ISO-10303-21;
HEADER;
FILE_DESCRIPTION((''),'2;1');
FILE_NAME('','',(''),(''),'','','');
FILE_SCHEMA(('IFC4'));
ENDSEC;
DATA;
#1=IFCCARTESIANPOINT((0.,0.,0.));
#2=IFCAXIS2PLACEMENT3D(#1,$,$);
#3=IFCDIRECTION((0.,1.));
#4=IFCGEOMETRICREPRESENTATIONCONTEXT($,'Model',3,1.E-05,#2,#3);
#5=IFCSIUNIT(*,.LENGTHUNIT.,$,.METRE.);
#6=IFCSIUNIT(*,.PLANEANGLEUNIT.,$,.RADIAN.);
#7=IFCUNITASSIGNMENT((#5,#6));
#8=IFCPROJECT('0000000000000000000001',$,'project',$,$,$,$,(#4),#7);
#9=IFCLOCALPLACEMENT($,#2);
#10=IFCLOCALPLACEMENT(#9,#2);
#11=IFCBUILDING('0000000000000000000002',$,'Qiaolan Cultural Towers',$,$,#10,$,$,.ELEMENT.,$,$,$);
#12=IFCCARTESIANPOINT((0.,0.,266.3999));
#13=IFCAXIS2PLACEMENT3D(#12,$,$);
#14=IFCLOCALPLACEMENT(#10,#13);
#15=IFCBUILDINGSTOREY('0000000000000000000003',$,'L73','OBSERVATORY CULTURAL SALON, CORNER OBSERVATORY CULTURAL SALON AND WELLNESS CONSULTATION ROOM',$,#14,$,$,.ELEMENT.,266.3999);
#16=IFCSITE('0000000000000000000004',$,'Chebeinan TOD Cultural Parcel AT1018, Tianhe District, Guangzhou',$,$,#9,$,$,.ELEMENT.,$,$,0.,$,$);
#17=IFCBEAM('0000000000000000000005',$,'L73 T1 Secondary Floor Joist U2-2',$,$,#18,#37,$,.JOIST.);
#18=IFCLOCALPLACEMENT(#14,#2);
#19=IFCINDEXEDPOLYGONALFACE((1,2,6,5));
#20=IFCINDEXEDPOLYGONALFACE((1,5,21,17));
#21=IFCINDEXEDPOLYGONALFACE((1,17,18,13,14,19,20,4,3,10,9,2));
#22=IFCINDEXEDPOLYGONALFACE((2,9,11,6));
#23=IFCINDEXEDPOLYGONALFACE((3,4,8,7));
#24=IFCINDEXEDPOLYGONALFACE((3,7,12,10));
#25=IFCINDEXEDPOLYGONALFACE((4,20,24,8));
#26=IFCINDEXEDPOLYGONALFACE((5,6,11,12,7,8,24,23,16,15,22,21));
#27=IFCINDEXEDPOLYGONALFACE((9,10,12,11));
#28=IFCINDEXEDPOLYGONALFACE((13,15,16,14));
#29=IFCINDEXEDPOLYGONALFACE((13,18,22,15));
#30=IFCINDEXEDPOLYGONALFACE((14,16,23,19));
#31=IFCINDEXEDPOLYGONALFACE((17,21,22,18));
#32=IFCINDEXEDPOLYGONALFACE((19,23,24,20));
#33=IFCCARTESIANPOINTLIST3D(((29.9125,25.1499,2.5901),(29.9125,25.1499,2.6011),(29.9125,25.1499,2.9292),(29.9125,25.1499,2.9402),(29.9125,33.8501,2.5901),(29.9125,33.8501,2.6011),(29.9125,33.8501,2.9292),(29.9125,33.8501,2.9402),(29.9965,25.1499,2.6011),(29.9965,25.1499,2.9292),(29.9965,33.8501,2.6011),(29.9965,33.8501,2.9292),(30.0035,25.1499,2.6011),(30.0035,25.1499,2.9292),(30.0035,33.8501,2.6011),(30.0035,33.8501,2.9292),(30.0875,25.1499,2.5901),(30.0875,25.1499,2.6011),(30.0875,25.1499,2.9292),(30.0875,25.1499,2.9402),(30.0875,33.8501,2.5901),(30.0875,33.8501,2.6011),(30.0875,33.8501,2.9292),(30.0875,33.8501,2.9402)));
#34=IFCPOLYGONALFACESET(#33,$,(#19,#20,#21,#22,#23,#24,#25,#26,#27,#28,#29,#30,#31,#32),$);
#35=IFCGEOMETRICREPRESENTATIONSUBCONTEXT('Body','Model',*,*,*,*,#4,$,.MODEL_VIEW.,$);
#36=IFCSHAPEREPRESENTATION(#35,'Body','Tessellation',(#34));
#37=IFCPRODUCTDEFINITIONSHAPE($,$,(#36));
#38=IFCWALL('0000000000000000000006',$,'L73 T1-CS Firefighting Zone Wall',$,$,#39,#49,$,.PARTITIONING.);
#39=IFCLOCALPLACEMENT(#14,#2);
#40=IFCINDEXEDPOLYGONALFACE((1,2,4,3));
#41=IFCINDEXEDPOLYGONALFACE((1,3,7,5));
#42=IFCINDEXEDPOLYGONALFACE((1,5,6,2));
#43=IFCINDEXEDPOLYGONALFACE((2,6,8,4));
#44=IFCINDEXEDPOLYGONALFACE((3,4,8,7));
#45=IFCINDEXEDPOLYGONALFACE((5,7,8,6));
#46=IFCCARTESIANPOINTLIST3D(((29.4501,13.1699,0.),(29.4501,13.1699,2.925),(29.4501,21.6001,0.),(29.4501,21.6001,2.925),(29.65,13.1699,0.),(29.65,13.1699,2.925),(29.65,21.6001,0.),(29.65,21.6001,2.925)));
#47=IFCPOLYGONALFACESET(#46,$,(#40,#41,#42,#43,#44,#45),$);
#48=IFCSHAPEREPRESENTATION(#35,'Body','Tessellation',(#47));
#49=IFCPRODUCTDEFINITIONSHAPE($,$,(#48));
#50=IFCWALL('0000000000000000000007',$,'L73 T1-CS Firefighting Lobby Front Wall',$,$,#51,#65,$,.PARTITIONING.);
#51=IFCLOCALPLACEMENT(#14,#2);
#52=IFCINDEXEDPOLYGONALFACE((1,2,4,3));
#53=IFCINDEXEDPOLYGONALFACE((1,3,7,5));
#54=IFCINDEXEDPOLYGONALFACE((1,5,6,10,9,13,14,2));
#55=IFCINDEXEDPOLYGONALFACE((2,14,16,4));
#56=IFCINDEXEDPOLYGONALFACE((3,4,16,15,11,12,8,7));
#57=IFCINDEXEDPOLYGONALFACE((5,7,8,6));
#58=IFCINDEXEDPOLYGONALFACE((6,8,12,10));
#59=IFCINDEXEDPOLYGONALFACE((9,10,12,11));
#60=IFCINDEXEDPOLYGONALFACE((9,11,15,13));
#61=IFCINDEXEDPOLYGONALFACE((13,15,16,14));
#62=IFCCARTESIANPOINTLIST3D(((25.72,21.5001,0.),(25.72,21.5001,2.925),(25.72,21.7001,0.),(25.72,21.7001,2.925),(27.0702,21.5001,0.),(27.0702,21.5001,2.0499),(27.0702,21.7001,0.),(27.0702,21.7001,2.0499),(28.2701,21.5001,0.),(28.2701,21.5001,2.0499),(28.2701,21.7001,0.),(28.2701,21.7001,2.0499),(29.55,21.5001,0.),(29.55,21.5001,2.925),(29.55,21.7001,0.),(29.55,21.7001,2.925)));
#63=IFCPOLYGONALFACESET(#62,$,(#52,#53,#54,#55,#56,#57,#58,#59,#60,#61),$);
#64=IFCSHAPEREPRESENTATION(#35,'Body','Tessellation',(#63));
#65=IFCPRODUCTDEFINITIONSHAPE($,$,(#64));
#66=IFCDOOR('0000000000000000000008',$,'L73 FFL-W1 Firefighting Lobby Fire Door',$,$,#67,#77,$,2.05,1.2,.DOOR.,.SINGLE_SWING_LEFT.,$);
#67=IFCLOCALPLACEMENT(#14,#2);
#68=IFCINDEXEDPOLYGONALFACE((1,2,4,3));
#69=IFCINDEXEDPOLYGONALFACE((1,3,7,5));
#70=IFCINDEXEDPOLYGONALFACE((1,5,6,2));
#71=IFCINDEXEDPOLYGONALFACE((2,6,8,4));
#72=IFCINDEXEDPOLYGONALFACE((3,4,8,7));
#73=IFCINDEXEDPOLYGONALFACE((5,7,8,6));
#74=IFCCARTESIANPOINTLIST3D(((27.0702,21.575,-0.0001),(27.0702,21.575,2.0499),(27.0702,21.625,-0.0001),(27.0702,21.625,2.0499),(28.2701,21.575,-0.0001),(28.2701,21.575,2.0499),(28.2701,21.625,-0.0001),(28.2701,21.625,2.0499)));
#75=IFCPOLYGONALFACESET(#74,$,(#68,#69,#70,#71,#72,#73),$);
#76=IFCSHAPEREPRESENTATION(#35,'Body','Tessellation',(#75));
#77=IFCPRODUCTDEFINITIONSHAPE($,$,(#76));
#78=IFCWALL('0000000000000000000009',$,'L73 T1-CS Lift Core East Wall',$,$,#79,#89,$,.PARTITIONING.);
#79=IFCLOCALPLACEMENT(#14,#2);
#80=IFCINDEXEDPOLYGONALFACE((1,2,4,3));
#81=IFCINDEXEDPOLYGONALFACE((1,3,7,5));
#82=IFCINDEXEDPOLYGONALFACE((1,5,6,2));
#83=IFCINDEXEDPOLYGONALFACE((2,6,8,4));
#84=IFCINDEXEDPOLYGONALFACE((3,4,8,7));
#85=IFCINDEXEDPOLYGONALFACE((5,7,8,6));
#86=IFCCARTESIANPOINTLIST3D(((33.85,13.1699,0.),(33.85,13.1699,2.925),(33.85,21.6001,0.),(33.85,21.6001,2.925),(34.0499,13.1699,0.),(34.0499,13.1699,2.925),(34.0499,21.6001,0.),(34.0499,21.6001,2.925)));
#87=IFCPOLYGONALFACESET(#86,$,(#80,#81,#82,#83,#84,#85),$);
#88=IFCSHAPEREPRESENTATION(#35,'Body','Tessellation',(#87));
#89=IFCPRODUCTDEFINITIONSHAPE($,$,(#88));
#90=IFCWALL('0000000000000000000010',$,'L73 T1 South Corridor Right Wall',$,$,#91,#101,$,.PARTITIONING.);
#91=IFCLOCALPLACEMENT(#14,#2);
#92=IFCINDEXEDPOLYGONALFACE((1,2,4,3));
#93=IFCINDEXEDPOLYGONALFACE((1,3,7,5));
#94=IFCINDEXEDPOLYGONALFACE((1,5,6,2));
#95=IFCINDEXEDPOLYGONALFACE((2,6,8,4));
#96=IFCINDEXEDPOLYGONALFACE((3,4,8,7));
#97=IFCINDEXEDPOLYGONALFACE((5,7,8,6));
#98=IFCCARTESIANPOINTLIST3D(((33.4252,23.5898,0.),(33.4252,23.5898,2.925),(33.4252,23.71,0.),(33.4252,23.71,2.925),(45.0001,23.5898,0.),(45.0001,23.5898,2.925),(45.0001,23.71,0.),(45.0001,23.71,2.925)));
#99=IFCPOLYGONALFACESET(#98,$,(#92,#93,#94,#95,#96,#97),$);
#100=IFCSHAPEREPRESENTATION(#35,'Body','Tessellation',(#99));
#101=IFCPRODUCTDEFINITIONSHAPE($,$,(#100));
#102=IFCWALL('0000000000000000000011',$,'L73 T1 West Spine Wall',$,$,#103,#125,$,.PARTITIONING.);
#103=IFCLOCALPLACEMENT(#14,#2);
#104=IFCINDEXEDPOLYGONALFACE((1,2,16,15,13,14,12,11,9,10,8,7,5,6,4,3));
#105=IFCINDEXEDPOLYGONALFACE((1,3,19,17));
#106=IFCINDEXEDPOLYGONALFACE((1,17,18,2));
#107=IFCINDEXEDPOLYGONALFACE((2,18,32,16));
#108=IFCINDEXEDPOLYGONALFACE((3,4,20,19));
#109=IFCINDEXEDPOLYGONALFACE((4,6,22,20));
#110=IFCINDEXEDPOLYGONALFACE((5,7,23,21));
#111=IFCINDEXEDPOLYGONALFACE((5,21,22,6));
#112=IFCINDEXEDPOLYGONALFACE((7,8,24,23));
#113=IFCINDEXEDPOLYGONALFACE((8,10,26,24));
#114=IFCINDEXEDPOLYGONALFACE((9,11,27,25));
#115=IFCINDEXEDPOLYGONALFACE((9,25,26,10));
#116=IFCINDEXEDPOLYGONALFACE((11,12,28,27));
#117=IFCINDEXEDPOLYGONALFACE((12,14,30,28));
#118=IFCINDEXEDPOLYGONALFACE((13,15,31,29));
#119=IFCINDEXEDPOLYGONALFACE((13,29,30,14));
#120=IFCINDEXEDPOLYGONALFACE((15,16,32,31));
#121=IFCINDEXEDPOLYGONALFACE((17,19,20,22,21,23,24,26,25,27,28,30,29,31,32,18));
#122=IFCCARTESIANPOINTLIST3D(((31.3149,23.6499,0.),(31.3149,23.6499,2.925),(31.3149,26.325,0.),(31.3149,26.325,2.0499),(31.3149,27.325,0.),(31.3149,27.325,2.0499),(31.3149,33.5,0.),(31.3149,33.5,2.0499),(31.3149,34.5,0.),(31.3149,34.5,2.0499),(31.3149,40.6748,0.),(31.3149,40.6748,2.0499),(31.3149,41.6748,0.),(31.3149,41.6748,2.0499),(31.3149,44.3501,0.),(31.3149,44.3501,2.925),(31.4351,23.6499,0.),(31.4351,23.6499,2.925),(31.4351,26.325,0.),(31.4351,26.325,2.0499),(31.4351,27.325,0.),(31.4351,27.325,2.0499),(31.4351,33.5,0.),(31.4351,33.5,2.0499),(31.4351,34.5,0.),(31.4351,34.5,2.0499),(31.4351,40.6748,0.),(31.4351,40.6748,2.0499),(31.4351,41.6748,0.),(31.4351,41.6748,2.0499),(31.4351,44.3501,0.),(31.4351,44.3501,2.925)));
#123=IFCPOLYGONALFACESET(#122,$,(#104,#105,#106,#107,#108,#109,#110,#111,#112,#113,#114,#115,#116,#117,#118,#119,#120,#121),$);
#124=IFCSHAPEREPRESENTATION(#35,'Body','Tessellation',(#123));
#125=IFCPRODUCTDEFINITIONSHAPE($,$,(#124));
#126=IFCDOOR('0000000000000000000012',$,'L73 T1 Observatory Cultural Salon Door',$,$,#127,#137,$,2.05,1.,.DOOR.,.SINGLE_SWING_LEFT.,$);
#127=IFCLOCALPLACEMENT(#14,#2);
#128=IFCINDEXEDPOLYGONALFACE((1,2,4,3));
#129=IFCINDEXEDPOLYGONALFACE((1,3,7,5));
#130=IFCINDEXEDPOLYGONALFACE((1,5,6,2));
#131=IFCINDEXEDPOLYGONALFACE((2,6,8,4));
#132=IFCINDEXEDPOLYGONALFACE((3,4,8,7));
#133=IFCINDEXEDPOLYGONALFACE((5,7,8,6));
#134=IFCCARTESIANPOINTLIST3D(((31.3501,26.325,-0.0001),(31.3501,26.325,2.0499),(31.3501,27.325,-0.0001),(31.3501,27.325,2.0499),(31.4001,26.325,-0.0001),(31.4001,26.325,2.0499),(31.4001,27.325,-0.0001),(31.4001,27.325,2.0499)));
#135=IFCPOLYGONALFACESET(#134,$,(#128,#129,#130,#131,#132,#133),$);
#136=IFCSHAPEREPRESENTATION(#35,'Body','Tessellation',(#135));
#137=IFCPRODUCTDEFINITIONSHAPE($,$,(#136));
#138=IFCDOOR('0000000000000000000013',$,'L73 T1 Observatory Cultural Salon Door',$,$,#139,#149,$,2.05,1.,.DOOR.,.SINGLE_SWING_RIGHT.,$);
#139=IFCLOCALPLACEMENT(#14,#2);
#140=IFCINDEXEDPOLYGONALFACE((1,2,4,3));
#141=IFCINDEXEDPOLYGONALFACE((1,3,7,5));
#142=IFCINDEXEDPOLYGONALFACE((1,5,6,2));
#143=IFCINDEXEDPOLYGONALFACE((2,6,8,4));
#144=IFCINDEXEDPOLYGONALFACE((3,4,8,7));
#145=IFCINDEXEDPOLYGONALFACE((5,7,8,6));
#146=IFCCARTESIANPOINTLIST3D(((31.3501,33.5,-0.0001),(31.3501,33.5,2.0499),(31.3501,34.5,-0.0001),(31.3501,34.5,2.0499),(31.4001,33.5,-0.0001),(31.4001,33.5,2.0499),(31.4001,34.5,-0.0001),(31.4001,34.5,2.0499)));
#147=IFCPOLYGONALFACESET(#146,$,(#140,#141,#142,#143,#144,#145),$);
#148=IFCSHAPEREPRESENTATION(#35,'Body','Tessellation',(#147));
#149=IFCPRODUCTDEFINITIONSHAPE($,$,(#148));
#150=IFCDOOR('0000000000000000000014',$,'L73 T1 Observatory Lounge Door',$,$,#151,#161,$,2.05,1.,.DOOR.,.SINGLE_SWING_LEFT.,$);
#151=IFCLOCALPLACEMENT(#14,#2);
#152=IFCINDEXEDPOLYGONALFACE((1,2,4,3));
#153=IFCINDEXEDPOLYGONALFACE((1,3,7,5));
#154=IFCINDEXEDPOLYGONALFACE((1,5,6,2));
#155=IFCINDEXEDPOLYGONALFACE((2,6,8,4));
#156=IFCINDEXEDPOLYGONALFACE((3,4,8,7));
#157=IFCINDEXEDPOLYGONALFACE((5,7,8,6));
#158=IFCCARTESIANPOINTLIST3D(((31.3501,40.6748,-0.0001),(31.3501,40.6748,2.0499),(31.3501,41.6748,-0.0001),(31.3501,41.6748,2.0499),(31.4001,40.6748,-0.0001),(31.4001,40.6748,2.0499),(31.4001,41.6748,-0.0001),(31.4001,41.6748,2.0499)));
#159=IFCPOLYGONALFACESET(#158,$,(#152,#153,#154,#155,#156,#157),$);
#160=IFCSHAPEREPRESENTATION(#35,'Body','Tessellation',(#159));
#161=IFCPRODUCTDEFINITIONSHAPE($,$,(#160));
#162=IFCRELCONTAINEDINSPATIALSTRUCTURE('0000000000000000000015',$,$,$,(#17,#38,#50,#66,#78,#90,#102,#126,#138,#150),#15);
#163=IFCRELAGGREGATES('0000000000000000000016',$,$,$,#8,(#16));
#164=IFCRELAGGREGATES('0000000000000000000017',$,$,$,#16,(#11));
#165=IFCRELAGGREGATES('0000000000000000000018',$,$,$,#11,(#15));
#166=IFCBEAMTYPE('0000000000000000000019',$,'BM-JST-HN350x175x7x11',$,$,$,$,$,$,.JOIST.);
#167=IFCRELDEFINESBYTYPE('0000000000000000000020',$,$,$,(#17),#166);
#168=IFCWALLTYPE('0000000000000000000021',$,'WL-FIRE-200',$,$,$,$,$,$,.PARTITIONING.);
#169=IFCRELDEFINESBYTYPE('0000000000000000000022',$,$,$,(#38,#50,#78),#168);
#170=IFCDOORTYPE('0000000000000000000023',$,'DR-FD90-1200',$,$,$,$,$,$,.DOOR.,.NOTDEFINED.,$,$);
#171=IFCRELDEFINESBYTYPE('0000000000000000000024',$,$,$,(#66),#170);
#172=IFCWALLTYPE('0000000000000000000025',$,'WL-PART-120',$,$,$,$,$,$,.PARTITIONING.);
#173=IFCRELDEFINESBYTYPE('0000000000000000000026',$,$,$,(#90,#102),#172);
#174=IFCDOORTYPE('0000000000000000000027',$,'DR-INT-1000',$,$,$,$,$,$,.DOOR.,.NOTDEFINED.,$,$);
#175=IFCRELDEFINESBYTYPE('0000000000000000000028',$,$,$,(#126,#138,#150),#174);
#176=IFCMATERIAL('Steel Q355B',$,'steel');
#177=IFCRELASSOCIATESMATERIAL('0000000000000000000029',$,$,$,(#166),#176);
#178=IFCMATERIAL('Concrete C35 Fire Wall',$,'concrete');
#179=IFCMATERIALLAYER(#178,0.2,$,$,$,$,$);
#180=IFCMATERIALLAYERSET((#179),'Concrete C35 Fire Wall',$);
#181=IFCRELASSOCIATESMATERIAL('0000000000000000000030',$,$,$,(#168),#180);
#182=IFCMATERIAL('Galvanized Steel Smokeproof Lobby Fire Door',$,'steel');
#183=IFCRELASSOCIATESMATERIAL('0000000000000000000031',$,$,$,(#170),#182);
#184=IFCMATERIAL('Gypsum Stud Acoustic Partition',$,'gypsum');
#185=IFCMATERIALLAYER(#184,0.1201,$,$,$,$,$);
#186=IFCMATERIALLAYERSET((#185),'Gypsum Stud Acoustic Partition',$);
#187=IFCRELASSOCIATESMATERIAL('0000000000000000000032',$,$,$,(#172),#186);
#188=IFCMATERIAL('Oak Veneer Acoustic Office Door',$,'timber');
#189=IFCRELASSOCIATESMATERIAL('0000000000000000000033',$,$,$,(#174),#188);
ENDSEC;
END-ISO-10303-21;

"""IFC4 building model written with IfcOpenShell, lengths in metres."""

from ifc_helpers import new_model, si_unit, direction, frame, frame_2d, origin, origin_2d, place, context, subcontext, project, spatial, rectangle, i_section, extrude, material, layer, layer_set, material_profile, profile_set, type_object, element, fill, save


model = new_model("IFC4")

# Units and contexts
model_context = context("Model", 3, precision=1e-05, world=origin(), true_north=direction((0.0, 1.0)))
body_context = subcontext(model_context, "Body", "Model", "MODEL_VIEW")
ifc_project = project(units=[si_unit("LENGTHUNIT", "METRE"), si_unit("PLANEANGLEUNIT", "RADIAN")], contexts=[model_context])

# Site, building, storey
site_placement = place(None, origin())
site = spatial("IfcSite", under=ifc_project, at=site_placement, Name="Chebeinan TOD Cultural Parcel AT1018, Tianhe District, Guangzhou", CompositionType="ELEMENT", RefElevation=0.0)
building_placement = place(site_placement, origin())
building = spatial("IfcBuilding", under=site, at=building_placement, Name="Qiaolan Cultural Towers", CompositionType="ELEMENT")
storey_placement = place(building_placement, frame((0.0, 0.0, 266.3999)))
storey = spatial("IfcBuildingStorey", under=building, at=storey_placement, Name="L73", Description="OBSERVATORY CULTURAL SALON, CORNER OBSERVATORY CULTURAL SALON AND WELLNESS CONSULTATION ROOM", CompositionType="ELEMENT", Elevation=266.3999)

# Beam
ifc_material_1 = material(Name="Steel Q355B", Category="steel")
ifc_material_profile = material_profile(ifc_material_1, i_section(OverallWidth=0.175, OverallDepth=0.3501, WebThickness=0.0071, FlangeThickness=0.011, at=origin_2d()), Name="HN350x175x7x11")
ifc_profile_set = profile_set([ifc_material_profile], Name="Steel Q355B")
beam_type = type_object("IfcBeamType", Name="BM-JST-HN350x175x7x11", PredefinedType="JOIST", material=ifc_profile_set)
beam_placement = place(storey_placement, frame((30.0, 25.1499, 2.7651), z_axis=(0.0, 1.0, 0.0), x_axis=(-1.0, 0.0, 0.0)))
element("IfcBeam", 1, at=beam_placement, inside=storey, type_object=beam_type, Name="L73 T1 Secondary Floor Joist U2-2", PredefinedType="JOIST", context=body_context, shape_type="SweptSolid", body=[
    extrude(i_section(OverallWidth=0.175, OverallDepth=0.3501, WebThickness=0.0071, FlangeThickness=0.011, at=origin_2d()), origin(), (0.0, 0.0, 1.0), 8.7002),
])

# Wall
ifc_material_2 = material(Name="Concrete C35 Fire Wall", Category="concrete")
ifc_layer_1 = layer(ifc_material_2, 0.2)
ifc_layer_set_1 = layer_set([ifc_layer_1], Name="Concrete C35 Fire Wall")
wall_type_1 = type_object("IfcWallType", Name="WL-FIRE-200", PredefinedType="PARTITIONING", material=ifc_layer_set_1)
wall_1_placement = place(storey_placement, frame((29.55, 21.6001, 0.0), z_axis=(0.0, 0.0, 1.0), x_axis=(0.0, -1.0, 0.0)))
element("IfcWall", 2, at=wall_1_placement, inside=storey, type_object=wall_type_1, Name="L73 T1-CS Firefighting Zone Wall", PredefinedType="PARTITIONING", context=body_context, shape_type="SweptSolid", body=[
    extrude(rectangle(XDim=8.4302, YDim=0.2, at=frame_2d((4.2151, 0.0))), origin(), (0.0, 0.0, 1.0), 2.925),
])

# Wall, opening, door
wall_2_placement = place(storey_placement, frame((25.72, 21.6001, 0.0), z_axis=(0.0, 0.0, 1.0), x_axis=(1.0, 0.0, 0.0)))
wall_2 = element("IfcWall", 3, at=wall_2_placement, inside=storey, type_object=wall_type_1, Name="L73 T1-CS Firefighting Lobby Front Wall", PredefinedType="PARTITIONING", context=body_context, shape_type="SweptSolid", body=[
    extrude(rectangle(XDim=3.8301, YDim=0.2, at=frame_2d((1.915, 0.0))), origin(), (0.0, 0.0, 1.0), 2.925),
])
opening_1_placement = place(wall_2_placement, frame((1.3501, 0.0, 0.0)))
opening_1 = element("IfcOpeningElement", 4, at=opening_1_placement, cuts=wall_2, PredefinedType="OPENING", context=body_context, shape_type="SweptSolid", body=[
    extrude(rectangle(XDim=1.2, YDim=2.05, at=frame_2d((0.6001, 1.0249))), frame((0.0, 0.1099, 0.0), z_axis=(0.0, -1.0, 0.0), x_axis=(1.0, 0.0, 0.0)), (0.0, 0.0, 1.0), 0.22),
])
ifc_material_3 = material(Name="Galvanized Steel Smokeproof Lobby Fire Door", Category="steel")
door_type_1 = type_object("IfcDoorType", Name="DR-FD90-1200", OperationType="NOTDEFINED", PredefinedType="DOOR", material=ifc_material_3)
door_1_placement = place(opening_1_placement, origin())
door_1 = element("IfcDoor", 5, at=door_1_placement, inside=storey, type_object=door_type_1, Name="L73 FFL-W1 Firefighting Lobby Fire Door", OperationType="SINGLE_SWING_LEFT", OverallHeight=2.05, OverallWidth=1.2, PredefinedType="DOOR", context=body_context, shape_type="SweptSolid", body=[
    extrude(rectangle(XDim=1.2, YDim=2.05, at=frame_2d((0.6001, 1.0249))), frame((0.0, 0.0249, 0.0), z_axis=(0.0, -1.0, 0.0), x_axis=(1.0, 0.0, 0.0)), (0.0, 0.0, 1.0), 0.05),
])
fill(opening_1, door_1)

# Walls
wall_3_placement = place(storey_placement, frame((33.95, 21.6001, 0.0), z_axis=(0.0, 0.0, 1.0), x_axis=(0.0, -1.0, 0.0)))
element("IfcWall", 6, at=wall_3_placement, inside=storey, type_object=wall_type_1, Name="L73 T1-CS Lift Core East Wall", PredefinedType="PARTITIONING", context=body_context, shape_type="SweptSolid", body=[
    extrude(rectangle(XDim=8.4302, YDim=0.2, at=frame_2d((4.2151, 0.0))), origin(), (0.0, 0.0, 1.0), 2.925),
])
ifc_material_4 = material(Name="Gypsum Stud Acoustic Partition", Category="gypsum")
ifc_layer_2 = layer(ifc_material_4, 0.1201)
ifc_layer_set_2 = layer_set([ifc_layer_2], Name="Gypsum Stud Acoustic Partition")
wall_type_2 = type_object("IfcWallType", Name="WL-PART-120", PredefinedType="PARTITIONING", material=ifc_layer_set_2)
wall_4_placement = place(storey_placement, frame((33.425, 23.6499, 0.0), z_axis=(0.0, 0.0, 1.0), x_axis=(1.0, 0.0, 0.0)))
element("IfcWall", 7, at=wall_4_placement, inside=storey, type_object=wall_type_2, Name="L73 T1 South Corridor Right Wall", PredefinedType="PARTITIONING", context=body_context, shape_type="SweptSolid", body=[
    extrude(rectangle(XDim=11.575, YDim=0.1201, at=frame_2d((5.7876, 0.0))), origin(), (0.0, 0.0, 1.0), 2.925),
])

# Wall, openings, doors
wall_5_placement = place(storey_placement, frame((31.375, 23.6499, 0.0), z_axis=(0.0, 0.0, 1.0), x_axis=(0.0, 1.0, 0.0)))
wall_5 = element("IfcWall", 8, at=wall_5_placement, inside=storey, type_object=wall_type_2, Name="L73 T1 West Spine Wall", PredefinedType="PARTITIONING", context=body_context, shape_type="SweptSolid", body=[
    extrude(rectangle(XDim=20.7002, YDim=0.1201, at=frame_2d((10.3501, 0.0))), origin(), (0.0, 0.0, 1.0), 2.925),
])
opening_2_placement = place(wall_5_placement, frame((2.675, 0.0, 0.0)))
opening_2 = element("IfcOpeningElement", 9, at=opening_2_placement, cuts=wall_5, PredefinedType="OPENING", context=body_context, shape_type="SweptSolid", body=[
    extrude(rectangle(XDim=1.0, YDim=2.05, at=frame_2d((0.5, 1.0249))), frame((0.0, 0.0701, 0.0), z_axis=(0.0, -1.0, 0.0), x_axis=(1.0, 0.0, 0.0)), (0.0, 0.0, 1.0), 0.1401),
])
opening_3_placement = place(wall_5_placement, frame((9.8501, 0.0, 0.0)))
opening_3 = element("IfcOpeningElement", 10, at=opening_3_placement, cuts=wall_5, PredefinedType="OPENING", context=body_context, shape_type="SweptSolid", body=[
    extrude(rectangle(XDim=1.0, YDim=2.05, at=frame_2d((0.5, 1.0249))), frame((0.0, 0.0701, 0.0), z_axis=(0.0, -1.0, 0.0), x_axis=(1.0, 0.0, 0.0)), (0.0, 0.0, 1.0), 0.1401),
])
opening_4_placement = place(wall_5_placement, frame((17.0249, 0.0, 0.0)))
opening_4 = element("IfcOpeningElement", 11, at=opening_4_placement, cuts=wall_5, PredefinedType="OPENING", context=body_context, shape_type="SweptSolid", body=[
    extrude(rectangle(XDim=1.0, YDim=2.05, at=frame_2d((0.5, 1.0249))), frame((0.0, 0.0701, 0.0), z_axis=(0.0, -1.0, 0.0), x_axis=(1.0, 0.0, 0.0)), (0.0, 0.0, 1.0), 0.1401),
])
ifc_material_5 = material(Name="Oak Veneer Acoustic Office Door", Category="timber")
door_type_2 = type_object("IfcDoorType", Name="DR-INT-1000", OperationType="NOTDEFINED", PredefinedType="DOOR", material=ifc_material_5)
door_2_placement = place(opening_2_placement, origin())
door_2 = element("IfcDoor", 12, at=door_2_placement, inside=storey, type_object=door_type_2, Name="L73 T1 Observatory Cultural Salon Door", OperationType="SINGLE_SWING_LEFT", OverallHeight=2.05, OverallWidth=1.0, PredefinedType="DOOR", context=body_context, shape_type="SweptSolid", body=[
    extrude(rectangle(XDim=1.0, YDim=2.05, at=frame_2d((0.5, 1.0249))), frame((0.0, 0.0249, 0.0), z_axis=(0.0, -1.0, 0.0), x_axis=(1.0, 0.0, 0.0)), (0.0, 0.0, 1.0), 0.05),
])
fill(opening_2, door_2)
door_3_placement = place(opening_3_placement, origin())
door_3 = element("IfcDoor", 13, at=door_3_placement, inside=storey, type_object=door_type_2, Name="L73 T1 Observatory Cultural Salon Door", OperationType="SINGLE_SWING_RIGHT", OverallHeight=2.05, OverallWidth=1.0, PredefinedType="DOOR", context=body_context, shape_type="SweptSolid", body=[
    extrude(rectangle(XDim=1.0, YDim=2.05, at=frame_2d((0.5, 1.0249))), frame((0.0, 0.0249, 0.0), z_axis=(0.0, -1.0, 0.0), x_axis=(1.0, 0.0, 0.0)), (0.0, 0.0, 1.0), 0.05),
])
fill(opening_3, door_3)
door_4_placement = place(opening_4_placement, origin())
door_4 = element("IfcDoor", 14, at=door_4_placement, inside=storey, type_object=door_type_2, Name="L73 T1 Observatory Lounge Door", OperationType="SINGLE_SWING_LEFT", OverallHeight=2.05, OverallWidth=1.0, PredefinedType="DOOR", context=body_context, shape_type="SweptSolid", body=[
    extrude(rectangle(XDim=1.0, YDim=2.05, at=frame_2d((0.5, 1.0249))), frame((0.0, 0.0249, 0.0), z_axis=(0.0, -1.0, 0.0), x_axis=(1.0, 0.0, 0.0)), (0.0, 0.0, 1.0), 0.05),
])
fill(opening_4, door_4)

save(model, "model.ifc")
